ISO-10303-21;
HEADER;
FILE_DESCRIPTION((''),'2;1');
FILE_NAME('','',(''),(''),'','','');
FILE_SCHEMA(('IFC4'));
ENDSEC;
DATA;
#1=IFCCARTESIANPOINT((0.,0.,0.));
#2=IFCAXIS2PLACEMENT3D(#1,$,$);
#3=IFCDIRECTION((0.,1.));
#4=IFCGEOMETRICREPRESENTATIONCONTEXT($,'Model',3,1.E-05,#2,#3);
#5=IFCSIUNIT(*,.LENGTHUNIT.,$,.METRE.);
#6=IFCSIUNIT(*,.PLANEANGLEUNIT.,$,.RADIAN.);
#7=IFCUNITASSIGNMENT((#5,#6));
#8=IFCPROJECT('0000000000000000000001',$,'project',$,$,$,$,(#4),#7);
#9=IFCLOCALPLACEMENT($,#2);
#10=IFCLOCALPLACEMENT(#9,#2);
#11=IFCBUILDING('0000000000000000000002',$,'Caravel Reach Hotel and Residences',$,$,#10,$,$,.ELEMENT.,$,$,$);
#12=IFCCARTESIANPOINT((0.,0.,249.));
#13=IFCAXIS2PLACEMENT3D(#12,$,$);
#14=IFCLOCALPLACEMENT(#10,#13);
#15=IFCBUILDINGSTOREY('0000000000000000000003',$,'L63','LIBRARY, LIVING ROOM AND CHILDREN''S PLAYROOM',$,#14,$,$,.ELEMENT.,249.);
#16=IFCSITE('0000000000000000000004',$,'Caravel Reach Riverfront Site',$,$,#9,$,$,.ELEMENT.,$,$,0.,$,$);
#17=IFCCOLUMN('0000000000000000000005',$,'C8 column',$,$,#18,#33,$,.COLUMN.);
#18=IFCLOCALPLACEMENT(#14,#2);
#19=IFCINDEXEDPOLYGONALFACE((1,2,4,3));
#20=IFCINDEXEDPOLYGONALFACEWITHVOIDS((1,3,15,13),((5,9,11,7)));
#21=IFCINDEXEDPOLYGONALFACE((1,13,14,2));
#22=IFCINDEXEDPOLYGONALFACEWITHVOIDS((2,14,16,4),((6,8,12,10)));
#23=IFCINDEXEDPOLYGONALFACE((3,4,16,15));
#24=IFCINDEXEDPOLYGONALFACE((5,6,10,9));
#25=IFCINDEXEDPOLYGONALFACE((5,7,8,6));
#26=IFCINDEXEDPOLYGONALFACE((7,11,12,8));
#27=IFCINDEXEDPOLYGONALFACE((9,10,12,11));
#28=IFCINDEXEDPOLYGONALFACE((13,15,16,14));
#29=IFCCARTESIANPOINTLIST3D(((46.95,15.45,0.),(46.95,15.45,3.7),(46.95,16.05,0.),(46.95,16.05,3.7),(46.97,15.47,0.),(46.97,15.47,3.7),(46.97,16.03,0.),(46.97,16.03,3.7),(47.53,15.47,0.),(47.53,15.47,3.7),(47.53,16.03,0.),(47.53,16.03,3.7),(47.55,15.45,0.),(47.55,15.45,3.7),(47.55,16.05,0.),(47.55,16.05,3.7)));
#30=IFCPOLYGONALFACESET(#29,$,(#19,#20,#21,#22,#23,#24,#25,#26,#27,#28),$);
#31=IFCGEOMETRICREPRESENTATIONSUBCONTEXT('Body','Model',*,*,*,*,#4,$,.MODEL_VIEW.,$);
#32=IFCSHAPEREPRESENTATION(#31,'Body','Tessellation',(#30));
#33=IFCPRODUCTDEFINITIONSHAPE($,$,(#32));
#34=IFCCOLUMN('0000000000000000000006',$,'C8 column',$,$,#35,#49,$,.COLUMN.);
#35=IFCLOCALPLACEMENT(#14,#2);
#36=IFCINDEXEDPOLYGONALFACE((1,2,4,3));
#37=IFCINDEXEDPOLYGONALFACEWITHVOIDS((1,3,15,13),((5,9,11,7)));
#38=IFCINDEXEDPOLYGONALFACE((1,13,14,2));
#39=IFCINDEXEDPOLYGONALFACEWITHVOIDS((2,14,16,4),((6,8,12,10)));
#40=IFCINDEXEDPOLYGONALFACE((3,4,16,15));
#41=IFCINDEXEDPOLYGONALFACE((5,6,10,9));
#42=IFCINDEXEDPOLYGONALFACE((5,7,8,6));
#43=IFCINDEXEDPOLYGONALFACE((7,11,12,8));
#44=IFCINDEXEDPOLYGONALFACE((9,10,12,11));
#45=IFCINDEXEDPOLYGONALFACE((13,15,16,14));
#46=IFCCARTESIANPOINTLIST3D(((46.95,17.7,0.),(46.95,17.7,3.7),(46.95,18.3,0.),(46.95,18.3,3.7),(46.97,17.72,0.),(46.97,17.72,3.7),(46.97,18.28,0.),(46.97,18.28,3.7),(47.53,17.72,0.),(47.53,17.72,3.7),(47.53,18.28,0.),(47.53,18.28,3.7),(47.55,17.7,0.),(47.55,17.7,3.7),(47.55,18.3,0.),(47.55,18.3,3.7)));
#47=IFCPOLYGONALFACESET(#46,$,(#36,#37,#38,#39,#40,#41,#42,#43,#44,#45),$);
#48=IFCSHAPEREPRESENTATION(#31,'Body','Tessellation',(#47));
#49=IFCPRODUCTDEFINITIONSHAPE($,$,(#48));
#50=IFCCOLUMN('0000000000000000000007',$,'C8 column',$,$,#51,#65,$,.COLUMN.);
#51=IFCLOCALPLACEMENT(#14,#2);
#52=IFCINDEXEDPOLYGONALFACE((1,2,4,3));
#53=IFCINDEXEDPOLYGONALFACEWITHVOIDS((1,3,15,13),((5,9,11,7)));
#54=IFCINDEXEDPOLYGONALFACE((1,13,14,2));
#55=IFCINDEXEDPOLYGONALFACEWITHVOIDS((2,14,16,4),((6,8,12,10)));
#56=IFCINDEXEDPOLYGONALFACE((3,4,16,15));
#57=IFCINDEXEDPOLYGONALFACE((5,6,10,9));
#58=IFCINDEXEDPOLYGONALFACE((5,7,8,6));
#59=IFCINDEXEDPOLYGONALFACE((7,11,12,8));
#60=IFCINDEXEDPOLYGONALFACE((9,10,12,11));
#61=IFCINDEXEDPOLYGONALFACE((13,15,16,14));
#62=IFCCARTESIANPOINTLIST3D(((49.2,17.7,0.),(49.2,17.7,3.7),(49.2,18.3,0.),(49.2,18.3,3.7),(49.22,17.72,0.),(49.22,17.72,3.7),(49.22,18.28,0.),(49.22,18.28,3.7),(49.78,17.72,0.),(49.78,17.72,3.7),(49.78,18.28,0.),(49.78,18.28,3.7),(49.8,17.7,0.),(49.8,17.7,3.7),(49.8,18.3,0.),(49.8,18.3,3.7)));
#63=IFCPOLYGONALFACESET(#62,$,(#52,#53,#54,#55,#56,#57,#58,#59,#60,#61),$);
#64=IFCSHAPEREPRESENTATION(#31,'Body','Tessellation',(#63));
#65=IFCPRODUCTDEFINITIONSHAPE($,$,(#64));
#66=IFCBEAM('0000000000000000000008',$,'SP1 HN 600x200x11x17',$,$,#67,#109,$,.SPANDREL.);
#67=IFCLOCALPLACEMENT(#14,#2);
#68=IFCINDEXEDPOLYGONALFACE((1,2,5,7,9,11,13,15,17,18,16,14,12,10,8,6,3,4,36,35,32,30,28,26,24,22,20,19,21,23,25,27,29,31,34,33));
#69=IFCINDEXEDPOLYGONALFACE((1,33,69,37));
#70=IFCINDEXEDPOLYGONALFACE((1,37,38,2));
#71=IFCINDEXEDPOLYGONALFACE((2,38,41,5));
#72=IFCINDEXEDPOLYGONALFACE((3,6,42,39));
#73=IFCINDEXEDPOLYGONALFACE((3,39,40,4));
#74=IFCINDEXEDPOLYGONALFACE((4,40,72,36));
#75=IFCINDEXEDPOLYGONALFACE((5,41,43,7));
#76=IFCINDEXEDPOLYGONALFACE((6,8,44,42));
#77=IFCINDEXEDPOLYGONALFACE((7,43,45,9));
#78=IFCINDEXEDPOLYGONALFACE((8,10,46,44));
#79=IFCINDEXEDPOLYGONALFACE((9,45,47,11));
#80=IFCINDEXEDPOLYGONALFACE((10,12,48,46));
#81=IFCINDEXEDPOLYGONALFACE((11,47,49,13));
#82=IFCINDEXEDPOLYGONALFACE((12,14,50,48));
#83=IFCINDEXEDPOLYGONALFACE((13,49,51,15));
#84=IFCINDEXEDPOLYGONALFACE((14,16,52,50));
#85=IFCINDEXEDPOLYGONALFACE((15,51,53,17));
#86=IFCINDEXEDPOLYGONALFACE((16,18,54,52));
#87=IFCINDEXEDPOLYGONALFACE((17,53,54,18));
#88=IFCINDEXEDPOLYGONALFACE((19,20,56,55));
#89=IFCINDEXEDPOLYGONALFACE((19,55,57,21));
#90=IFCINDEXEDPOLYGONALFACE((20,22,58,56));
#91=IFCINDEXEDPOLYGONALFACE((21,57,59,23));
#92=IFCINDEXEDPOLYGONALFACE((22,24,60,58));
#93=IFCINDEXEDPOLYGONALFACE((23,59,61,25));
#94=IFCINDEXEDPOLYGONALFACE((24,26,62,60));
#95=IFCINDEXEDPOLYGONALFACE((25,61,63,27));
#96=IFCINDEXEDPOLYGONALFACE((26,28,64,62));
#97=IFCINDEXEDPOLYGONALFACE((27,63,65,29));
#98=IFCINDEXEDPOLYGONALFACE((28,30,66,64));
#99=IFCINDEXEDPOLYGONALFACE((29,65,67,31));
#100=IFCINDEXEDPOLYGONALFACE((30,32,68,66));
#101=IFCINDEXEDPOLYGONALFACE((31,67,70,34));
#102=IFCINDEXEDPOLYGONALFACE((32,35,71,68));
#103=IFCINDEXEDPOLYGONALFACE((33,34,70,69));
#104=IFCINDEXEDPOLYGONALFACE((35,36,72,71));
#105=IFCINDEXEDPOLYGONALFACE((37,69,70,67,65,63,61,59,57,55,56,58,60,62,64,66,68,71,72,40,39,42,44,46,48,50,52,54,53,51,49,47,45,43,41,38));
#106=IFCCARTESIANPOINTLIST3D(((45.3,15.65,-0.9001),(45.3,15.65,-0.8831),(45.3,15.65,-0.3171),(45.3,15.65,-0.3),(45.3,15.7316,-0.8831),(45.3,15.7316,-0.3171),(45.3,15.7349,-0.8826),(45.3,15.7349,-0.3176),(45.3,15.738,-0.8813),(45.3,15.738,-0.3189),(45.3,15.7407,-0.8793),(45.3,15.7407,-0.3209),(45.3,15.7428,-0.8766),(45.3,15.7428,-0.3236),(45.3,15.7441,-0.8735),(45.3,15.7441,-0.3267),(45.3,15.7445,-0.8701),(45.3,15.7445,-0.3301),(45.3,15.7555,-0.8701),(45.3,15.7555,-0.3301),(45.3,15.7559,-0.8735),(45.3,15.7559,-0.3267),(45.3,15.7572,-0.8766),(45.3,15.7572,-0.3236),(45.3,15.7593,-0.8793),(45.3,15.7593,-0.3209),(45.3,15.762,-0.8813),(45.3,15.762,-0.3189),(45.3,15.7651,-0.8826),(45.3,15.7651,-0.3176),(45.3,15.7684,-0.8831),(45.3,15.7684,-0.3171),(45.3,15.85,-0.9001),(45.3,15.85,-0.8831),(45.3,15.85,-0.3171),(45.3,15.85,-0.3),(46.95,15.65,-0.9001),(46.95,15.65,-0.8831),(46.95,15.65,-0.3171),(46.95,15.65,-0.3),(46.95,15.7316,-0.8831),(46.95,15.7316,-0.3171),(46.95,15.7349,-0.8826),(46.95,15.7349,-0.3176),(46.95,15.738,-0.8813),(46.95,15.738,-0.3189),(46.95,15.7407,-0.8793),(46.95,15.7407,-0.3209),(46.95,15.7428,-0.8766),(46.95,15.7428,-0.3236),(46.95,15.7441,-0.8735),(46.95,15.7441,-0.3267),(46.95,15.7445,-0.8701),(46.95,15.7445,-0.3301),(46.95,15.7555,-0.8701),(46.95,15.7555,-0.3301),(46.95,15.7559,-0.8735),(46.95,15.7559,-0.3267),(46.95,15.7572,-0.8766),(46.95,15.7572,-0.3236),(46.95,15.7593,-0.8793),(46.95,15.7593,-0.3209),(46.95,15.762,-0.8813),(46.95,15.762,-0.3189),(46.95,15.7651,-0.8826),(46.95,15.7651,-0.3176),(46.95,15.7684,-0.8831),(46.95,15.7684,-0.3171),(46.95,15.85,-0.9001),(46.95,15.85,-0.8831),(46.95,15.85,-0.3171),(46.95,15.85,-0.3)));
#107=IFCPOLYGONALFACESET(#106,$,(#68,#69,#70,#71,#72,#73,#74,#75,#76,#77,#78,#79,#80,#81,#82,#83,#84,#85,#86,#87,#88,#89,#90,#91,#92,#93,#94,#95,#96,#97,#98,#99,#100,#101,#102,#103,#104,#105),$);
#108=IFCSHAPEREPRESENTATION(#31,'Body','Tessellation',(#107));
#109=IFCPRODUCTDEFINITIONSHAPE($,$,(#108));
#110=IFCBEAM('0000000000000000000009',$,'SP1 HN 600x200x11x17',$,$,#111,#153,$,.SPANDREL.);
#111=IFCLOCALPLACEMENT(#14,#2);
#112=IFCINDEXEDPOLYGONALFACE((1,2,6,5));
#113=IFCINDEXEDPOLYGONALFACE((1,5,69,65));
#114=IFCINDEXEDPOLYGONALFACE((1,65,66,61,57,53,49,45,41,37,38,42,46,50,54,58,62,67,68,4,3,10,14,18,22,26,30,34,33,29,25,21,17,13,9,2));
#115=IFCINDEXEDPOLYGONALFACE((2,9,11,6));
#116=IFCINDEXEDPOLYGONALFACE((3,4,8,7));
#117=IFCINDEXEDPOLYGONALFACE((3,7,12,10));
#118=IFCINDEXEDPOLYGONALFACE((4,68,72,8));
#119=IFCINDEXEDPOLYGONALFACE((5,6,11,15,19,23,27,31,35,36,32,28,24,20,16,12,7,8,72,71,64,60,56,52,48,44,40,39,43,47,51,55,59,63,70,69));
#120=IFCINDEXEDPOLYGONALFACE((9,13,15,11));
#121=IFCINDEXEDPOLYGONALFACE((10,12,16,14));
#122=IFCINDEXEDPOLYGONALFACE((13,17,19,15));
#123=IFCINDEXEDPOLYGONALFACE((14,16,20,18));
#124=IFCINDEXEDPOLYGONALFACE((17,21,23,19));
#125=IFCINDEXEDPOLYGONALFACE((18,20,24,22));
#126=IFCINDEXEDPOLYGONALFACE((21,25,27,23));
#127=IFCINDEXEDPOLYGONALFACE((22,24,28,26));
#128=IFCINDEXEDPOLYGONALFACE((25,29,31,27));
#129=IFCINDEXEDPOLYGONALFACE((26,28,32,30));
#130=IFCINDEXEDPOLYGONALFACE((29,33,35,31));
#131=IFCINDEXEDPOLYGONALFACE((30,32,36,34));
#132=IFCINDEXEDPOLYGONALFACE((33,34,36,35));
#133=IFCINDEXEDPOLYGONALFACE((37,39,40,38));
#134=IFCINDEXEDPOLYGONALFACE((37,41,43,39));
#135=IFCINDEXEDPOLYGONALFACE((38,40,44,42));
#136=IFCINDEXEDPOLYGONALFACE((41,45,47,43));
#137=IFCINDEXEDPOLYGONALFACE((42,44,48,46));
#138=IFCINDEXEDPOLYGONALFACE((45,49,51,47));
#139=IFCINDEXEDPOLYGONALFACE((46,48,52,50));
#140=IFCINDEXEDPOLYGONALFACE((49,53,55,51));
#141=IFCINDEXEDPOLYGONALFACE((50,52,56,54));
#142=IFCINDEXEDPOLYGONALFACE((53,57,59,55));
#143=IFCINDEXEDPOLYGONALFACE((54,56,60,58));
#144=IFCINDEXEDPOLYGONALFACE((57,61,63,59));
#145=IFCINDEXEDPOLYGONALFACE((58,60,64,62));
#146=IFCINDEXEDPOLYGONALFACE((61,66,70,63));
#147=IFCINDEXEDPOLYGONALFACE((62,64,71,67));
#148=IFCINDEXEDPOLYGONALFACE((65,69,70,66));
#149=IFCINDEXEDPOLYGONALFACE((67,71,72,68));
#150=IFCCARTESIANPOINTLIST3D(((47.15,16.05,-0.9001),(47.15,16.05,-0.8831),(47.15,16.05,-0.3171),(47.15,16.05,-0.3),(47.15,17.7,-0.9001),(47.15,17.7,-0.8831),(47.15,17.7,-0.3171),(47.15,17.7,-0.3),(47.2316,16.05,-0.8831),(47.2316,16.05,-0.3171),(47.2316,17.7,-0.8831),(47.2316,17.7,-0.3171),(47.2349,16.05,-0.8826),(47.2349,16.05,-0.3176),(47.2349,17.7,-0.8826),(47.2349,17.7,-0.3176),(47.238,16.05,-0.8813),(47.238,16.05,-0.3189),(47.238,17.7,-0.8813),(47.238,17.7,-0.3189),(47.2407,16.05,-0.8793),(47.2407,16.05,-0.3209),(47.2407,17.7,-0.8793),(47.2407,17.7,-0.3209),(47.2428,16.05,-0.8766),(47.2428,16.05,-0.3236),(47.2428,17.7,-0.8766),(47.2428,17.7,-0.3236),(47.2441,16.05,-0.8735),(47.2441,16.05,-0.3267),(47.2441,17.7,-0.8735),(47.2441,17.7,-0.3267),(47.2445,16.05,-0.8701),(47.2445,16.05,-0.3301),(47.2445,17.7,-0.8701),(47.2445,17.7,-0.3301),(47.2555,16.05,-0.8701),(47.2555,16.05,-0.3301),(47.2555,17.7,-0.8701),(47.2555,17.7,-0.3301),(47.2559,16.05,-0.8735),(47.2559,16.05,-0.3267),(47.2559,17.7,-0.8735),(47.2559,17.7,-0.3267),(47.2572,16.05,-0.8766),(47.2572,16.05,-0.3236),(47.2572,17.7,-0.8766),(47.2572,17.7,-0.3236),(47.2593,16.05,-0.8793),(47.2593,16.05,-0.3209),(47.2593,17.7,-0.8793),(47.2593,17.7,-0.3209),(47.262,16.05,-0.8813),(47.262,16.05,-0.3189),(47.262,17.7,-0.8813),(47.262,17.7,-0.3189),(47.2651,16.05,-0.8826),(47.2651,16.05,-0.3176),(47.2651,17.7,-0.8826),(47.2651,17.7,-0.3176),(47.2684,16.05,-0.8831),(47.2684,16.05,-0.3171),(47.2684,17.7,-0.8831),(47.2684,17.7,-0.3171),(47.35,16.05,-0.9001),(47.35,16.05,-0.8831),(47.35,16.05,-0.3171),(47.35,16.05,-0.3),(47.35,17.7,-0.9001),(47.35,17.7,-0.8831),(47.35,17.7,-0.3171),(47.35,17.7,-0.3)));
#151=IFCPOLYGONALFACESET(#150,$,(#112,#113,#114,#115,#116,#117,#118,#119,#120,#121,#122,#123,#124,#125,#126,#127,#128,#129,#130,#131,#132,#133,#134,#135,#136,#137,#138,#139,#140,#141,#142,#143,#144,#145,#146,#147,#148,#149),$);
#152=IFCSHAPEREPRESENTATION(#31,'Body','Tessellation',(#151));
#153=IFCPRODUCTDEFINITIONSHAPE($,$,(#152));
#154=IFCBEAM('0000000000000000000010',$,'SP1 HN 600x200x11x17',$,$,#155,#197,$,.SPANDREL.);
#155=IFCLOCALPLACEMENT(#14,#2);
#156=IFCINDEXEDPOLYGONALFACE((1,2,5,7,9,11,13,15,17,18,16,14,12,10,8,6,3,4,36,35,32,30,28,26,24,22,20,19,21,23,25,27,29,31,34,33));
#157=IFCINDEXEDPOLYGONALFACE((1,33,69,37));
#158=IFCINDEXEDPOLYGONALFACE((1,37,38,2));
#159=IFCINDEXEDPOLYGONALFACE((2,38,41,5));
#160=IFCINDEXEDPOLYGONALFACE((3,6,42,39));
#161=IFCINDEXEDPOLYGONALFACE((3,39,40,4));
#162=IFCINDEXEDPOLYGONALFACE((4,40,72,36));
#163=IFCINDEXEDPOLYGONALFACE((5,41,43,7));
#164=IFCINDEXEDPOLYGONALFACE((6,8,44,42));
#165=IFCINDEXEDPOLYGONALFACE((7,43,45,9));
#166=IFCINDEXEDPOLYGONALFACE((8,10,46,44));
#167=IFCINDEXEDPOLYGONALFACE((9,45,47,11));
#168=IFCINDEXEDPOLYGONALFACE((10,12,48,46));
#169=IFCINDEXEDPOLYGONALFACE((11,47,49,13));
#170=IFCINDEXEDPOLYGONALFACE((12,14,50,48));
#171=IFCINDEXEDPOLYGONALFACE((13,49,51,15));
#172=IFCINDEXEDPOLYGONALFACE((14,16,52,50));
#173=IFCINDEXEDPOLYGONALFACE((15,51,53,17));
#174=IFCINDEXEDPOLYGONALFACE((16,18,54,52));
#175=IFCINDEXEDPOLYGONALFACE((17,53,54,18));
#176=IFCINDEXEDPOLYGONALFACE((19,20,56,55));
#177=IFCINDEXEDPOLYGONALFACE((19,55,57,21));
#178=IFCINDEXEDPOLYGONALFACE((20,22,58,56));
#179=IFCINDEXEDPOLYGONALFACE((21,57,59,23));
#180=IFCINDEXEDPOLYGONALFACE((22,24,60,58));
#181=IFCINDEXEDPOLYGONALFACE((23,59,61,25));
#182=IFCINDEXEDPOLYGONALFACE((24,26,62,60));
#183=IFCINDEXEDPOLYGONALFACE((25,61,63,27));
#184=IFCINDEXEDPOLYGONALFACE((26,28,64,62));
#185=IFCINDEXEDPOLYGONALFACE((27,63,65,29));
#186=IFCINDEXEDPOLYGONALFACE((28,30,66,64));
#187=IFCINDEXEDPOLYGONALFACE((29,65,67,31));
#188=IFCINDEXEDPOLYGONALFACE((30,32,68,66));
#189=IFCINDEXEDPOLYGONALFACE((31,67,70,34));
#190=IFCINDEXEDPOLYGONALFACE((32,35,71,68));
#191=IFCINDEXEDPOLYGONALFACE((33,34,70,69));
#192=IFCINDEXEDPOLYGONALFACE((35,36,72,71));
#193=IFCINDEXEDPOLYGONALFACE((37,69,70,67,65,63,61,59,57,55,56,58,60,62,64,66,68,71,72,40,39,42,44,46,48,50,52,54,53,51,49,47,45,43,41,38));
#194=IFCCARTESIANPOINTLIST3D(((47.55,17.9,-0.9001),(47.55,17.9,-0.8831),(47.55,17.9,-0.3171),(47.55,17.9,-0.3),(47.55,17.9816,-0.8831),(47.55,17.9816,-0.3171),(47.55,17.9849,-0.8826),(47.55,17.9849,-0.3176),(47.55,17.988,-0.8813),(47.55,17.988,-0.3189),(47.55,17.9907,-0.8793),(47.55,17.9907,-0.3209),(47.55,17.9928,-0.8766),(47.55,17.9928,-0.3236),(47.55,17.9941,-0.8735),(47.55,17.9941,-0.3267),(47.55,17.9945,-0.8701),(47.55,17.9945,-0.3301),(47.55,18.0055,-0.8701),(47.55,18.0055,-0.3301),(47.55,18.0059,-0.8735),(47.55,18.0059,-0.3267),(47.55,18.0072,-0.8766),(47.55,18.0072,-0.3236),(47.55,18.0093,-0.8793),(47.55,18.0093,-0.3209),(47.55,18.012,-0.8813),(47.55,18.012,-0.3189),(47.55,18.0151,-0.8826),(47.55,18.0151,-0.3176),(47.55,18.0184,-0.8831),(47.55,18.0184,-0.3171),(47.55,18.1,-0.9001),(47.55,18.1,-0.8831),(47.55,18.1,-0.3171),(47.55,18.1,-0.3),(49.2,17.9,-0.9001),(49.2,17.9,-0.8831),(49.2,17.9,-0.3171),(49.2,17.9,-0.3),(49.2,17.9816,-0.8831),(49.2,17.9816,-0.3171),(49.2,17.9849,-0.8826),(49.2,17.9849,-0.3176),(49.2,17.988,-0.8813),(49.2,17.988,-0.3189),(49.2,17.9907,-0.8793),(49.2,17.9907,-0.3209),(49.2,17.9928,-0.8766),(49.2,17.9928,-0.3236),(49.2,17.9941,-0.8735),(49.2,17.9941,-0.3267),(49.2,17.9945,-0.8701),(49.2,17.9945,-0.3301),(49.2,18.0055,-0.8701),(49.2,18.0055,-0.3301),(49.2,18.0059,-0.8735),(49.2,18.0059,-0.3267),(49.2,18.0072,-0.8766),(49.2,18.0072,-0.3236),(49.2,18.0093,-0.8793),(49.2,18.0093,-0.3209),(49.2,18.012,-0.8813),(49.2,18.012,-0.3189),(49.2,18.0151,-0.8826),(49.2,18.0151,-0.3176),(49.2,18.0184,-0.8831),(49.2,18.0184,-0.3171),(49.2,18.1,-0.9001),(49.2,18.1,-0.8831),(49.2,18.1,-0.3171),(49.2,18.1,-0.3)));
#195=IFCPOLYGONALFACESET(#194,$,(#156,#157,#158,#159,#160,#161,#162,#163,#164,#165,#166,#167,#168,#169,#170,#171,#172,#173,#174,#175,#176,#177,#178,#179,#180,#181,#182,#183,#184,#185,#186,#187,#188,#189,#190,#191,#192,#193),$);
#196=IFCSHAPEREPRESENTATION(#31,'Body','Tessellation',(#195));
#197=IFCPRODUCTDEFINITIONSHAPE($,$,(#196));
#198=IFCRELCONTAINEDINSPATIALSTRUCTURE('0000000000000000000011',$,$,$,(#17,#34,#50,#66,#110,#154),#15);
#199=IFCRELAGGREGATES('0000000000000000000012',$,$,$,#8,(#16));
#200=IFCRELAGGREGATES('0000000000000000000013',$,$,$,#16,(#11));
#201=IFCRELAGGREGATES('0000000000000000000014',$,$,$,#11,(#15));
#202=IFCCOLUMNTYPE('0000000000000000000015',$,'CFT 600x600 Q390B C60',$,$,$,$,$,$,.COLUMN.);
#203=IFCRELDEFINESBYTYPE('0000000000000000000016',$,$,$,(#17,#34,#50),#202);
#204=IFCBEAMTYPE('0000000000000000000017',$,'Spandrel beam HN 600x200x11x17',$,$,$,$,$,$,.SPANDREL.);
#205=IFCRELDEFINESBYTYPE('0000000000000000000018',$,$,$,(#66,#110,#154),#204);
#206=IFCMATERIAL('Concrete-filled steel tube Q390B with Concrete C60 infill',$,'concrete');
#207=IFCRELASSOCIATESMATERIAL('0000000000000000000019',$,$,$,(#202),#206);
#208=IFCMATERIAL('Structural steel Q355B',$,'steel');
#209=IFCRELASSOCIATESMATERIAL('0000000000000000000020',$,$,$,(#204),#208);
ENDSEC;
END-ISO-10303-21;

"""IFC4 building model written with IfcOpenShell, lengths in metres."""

from ifc_helpers import new_model, si_unit, direction, frame, origin, origin_2d, place, context, subcontext, project, spatial, hollow_rectangle, i_section, extrude, material, material_profile, profile_set, type_object, element, save


model = new_model("IFC4")

# Units and contexts
model_context = context("Model", 3, precision=1e-05, world=origin(), true_north=direction((0.0, 1.0)))
body_context = subcontext(model_context, "Body", "Model", "MODEL_VIEW")
ifc_project = project(units=[si_unit("LENGTHUNIT", "METRE"), si_unit("PLANEANGLEUNIT", "RADIAN")], contexts=[model_context])

# Site, building, storey
site_placement = place(None, origin())
site = spatial("IfcSite", under=ifc_project, at=site_placement, Name="Caravel Reach Riverfront Site", CompositionType="ELEMENT", RefElevation=0.0)
building_placement = place(site_placement, origin())
building = spatial("IfcBuilding", under=site, at=building_placement, Name="Caravel Reach Hotel and Residences", CompositionType="ELEMENT")
storey_placement = place(building_placement, frame((0.0, 0.0, 249.0)))
storey = spatial("IfcBuildingStorey", under=building, at=storey_placement, Name="L63", Description="LIBRARY, LIVING ROOM AND CHILDREN'S PLAYROOM", CompositionType="ELEMENT", Elevation=249.0)

# Columns
ifc_material_1 = material(Name="Concrete-filled steel tube Q390B with Concrete C60 infill", Category="concrete")
ifc_material_profile_1 = material_profile(ifc_material_1, hollow_rectangle(XDim=0.6001, YDim=0.6001, WallThickness=0.02, at=origin_2d()), Name="RHS 600x600x20")
ifc_profile_set_1 = profile_set([ifc_material_profile_1], Name="Concrete-filled steel tube Q390B with Concrete C60 infill")
column_type = type_object("IfcColumnType", Name="CFT 600x600 Q390B C60", PredefinedType="COLUMN", material=ifc_profile_set_1)
for number, where, z_axis, x_axis, name in (
    (1, (47.25, 15.75, 0.0), (0.0, 0.0, 1.0), (1.0, 0.0, 0.0), "C8 column"),
    (2, (47.25, 18.0, 0.0), (0.0, 0.0, 1.0), (1.0, 0.0, 0.0), "C8 column"),
    (3, (49.5, 18.0, 0.0), (0.0, 0.0, 1.0), (1.0, 0.0, 0.0), "C8 column"),
):
    element("IfcColumn", number, at=place(storey_placement, frame(where, z_axis=z_axis, x_axis=x_axis)), inside=storey, type_object=column_type, Name=name, PredefinedType="COLUMN", context=body_context, shape_type="SweptSolid", body=[
        extrude(hollow_rectangle(XDim=0.6001, YDim=0.6001, WallThickness=0.02, at=origin_2d()), origin(), (0.0, 0.0, 1.0), 3.7),
    ])

# Beams
ifc_material_2 = material(Name="Structural steel Q355B", Category="steel")
ifc_material_profile_2 = material_profile(ifc_material_2, i_section(OverallWidth=0.2, OverallDepth=0.6001, WebThickness=0.011, FlangeThickness=0.0171, FilletRadius=0.0129, at=origin_2d()), Name="HN 600x200x11x17")
ifc_profile_set_2 = profile_set([ifc_material_profile_2], Name="Structural steel Q355B")
beam_type = type_object("IfcBeamType", Name="Spandrel beam HN 600x200x11x17", PredefinedType="SPANDREL", material=ifc_profile_set_2)
for number, where, z_axis, x_axis, name in (
    (4, (45.3, 15.75, -0.6001), (1.0, 0.0, 0.0), (0.0, 1.0, 0.0), "SP1 HN 600x200x11x17"),
    (5, (47.25, 16.05, -0.6001), (0.0, 1.0, 0.0), (-1.0, 0.0, 0.0), "SP1 HN 600x200x11x17"),
    (6, (47.55, 18.0, -0.6001), (1.0, 0.0, 0.0), (0.0, 1.0, 0.0), "SP1 HN 600x200x11x17"),
):
    element("IfcBeam", number, at=place(storey_placement, frame(where, z_axis=z_axis, x_axis=x_axis)), inside=storey, type_object=beam_type, Name=name, PredefinedType="SPANDREL", context=body_context, shape_type="SweptSolid", body=[
        extrude(i_section(OverallWidth=0.2, OverallDepth=0.6001, WebThickness=0.011, FlangeThickness=0.0171, FilletRadius=0.0129, at=origin_2d()), origin(), (0.0, 0.0, 1.0), 1.6499),
    ])

save(model, "model.ifc")
